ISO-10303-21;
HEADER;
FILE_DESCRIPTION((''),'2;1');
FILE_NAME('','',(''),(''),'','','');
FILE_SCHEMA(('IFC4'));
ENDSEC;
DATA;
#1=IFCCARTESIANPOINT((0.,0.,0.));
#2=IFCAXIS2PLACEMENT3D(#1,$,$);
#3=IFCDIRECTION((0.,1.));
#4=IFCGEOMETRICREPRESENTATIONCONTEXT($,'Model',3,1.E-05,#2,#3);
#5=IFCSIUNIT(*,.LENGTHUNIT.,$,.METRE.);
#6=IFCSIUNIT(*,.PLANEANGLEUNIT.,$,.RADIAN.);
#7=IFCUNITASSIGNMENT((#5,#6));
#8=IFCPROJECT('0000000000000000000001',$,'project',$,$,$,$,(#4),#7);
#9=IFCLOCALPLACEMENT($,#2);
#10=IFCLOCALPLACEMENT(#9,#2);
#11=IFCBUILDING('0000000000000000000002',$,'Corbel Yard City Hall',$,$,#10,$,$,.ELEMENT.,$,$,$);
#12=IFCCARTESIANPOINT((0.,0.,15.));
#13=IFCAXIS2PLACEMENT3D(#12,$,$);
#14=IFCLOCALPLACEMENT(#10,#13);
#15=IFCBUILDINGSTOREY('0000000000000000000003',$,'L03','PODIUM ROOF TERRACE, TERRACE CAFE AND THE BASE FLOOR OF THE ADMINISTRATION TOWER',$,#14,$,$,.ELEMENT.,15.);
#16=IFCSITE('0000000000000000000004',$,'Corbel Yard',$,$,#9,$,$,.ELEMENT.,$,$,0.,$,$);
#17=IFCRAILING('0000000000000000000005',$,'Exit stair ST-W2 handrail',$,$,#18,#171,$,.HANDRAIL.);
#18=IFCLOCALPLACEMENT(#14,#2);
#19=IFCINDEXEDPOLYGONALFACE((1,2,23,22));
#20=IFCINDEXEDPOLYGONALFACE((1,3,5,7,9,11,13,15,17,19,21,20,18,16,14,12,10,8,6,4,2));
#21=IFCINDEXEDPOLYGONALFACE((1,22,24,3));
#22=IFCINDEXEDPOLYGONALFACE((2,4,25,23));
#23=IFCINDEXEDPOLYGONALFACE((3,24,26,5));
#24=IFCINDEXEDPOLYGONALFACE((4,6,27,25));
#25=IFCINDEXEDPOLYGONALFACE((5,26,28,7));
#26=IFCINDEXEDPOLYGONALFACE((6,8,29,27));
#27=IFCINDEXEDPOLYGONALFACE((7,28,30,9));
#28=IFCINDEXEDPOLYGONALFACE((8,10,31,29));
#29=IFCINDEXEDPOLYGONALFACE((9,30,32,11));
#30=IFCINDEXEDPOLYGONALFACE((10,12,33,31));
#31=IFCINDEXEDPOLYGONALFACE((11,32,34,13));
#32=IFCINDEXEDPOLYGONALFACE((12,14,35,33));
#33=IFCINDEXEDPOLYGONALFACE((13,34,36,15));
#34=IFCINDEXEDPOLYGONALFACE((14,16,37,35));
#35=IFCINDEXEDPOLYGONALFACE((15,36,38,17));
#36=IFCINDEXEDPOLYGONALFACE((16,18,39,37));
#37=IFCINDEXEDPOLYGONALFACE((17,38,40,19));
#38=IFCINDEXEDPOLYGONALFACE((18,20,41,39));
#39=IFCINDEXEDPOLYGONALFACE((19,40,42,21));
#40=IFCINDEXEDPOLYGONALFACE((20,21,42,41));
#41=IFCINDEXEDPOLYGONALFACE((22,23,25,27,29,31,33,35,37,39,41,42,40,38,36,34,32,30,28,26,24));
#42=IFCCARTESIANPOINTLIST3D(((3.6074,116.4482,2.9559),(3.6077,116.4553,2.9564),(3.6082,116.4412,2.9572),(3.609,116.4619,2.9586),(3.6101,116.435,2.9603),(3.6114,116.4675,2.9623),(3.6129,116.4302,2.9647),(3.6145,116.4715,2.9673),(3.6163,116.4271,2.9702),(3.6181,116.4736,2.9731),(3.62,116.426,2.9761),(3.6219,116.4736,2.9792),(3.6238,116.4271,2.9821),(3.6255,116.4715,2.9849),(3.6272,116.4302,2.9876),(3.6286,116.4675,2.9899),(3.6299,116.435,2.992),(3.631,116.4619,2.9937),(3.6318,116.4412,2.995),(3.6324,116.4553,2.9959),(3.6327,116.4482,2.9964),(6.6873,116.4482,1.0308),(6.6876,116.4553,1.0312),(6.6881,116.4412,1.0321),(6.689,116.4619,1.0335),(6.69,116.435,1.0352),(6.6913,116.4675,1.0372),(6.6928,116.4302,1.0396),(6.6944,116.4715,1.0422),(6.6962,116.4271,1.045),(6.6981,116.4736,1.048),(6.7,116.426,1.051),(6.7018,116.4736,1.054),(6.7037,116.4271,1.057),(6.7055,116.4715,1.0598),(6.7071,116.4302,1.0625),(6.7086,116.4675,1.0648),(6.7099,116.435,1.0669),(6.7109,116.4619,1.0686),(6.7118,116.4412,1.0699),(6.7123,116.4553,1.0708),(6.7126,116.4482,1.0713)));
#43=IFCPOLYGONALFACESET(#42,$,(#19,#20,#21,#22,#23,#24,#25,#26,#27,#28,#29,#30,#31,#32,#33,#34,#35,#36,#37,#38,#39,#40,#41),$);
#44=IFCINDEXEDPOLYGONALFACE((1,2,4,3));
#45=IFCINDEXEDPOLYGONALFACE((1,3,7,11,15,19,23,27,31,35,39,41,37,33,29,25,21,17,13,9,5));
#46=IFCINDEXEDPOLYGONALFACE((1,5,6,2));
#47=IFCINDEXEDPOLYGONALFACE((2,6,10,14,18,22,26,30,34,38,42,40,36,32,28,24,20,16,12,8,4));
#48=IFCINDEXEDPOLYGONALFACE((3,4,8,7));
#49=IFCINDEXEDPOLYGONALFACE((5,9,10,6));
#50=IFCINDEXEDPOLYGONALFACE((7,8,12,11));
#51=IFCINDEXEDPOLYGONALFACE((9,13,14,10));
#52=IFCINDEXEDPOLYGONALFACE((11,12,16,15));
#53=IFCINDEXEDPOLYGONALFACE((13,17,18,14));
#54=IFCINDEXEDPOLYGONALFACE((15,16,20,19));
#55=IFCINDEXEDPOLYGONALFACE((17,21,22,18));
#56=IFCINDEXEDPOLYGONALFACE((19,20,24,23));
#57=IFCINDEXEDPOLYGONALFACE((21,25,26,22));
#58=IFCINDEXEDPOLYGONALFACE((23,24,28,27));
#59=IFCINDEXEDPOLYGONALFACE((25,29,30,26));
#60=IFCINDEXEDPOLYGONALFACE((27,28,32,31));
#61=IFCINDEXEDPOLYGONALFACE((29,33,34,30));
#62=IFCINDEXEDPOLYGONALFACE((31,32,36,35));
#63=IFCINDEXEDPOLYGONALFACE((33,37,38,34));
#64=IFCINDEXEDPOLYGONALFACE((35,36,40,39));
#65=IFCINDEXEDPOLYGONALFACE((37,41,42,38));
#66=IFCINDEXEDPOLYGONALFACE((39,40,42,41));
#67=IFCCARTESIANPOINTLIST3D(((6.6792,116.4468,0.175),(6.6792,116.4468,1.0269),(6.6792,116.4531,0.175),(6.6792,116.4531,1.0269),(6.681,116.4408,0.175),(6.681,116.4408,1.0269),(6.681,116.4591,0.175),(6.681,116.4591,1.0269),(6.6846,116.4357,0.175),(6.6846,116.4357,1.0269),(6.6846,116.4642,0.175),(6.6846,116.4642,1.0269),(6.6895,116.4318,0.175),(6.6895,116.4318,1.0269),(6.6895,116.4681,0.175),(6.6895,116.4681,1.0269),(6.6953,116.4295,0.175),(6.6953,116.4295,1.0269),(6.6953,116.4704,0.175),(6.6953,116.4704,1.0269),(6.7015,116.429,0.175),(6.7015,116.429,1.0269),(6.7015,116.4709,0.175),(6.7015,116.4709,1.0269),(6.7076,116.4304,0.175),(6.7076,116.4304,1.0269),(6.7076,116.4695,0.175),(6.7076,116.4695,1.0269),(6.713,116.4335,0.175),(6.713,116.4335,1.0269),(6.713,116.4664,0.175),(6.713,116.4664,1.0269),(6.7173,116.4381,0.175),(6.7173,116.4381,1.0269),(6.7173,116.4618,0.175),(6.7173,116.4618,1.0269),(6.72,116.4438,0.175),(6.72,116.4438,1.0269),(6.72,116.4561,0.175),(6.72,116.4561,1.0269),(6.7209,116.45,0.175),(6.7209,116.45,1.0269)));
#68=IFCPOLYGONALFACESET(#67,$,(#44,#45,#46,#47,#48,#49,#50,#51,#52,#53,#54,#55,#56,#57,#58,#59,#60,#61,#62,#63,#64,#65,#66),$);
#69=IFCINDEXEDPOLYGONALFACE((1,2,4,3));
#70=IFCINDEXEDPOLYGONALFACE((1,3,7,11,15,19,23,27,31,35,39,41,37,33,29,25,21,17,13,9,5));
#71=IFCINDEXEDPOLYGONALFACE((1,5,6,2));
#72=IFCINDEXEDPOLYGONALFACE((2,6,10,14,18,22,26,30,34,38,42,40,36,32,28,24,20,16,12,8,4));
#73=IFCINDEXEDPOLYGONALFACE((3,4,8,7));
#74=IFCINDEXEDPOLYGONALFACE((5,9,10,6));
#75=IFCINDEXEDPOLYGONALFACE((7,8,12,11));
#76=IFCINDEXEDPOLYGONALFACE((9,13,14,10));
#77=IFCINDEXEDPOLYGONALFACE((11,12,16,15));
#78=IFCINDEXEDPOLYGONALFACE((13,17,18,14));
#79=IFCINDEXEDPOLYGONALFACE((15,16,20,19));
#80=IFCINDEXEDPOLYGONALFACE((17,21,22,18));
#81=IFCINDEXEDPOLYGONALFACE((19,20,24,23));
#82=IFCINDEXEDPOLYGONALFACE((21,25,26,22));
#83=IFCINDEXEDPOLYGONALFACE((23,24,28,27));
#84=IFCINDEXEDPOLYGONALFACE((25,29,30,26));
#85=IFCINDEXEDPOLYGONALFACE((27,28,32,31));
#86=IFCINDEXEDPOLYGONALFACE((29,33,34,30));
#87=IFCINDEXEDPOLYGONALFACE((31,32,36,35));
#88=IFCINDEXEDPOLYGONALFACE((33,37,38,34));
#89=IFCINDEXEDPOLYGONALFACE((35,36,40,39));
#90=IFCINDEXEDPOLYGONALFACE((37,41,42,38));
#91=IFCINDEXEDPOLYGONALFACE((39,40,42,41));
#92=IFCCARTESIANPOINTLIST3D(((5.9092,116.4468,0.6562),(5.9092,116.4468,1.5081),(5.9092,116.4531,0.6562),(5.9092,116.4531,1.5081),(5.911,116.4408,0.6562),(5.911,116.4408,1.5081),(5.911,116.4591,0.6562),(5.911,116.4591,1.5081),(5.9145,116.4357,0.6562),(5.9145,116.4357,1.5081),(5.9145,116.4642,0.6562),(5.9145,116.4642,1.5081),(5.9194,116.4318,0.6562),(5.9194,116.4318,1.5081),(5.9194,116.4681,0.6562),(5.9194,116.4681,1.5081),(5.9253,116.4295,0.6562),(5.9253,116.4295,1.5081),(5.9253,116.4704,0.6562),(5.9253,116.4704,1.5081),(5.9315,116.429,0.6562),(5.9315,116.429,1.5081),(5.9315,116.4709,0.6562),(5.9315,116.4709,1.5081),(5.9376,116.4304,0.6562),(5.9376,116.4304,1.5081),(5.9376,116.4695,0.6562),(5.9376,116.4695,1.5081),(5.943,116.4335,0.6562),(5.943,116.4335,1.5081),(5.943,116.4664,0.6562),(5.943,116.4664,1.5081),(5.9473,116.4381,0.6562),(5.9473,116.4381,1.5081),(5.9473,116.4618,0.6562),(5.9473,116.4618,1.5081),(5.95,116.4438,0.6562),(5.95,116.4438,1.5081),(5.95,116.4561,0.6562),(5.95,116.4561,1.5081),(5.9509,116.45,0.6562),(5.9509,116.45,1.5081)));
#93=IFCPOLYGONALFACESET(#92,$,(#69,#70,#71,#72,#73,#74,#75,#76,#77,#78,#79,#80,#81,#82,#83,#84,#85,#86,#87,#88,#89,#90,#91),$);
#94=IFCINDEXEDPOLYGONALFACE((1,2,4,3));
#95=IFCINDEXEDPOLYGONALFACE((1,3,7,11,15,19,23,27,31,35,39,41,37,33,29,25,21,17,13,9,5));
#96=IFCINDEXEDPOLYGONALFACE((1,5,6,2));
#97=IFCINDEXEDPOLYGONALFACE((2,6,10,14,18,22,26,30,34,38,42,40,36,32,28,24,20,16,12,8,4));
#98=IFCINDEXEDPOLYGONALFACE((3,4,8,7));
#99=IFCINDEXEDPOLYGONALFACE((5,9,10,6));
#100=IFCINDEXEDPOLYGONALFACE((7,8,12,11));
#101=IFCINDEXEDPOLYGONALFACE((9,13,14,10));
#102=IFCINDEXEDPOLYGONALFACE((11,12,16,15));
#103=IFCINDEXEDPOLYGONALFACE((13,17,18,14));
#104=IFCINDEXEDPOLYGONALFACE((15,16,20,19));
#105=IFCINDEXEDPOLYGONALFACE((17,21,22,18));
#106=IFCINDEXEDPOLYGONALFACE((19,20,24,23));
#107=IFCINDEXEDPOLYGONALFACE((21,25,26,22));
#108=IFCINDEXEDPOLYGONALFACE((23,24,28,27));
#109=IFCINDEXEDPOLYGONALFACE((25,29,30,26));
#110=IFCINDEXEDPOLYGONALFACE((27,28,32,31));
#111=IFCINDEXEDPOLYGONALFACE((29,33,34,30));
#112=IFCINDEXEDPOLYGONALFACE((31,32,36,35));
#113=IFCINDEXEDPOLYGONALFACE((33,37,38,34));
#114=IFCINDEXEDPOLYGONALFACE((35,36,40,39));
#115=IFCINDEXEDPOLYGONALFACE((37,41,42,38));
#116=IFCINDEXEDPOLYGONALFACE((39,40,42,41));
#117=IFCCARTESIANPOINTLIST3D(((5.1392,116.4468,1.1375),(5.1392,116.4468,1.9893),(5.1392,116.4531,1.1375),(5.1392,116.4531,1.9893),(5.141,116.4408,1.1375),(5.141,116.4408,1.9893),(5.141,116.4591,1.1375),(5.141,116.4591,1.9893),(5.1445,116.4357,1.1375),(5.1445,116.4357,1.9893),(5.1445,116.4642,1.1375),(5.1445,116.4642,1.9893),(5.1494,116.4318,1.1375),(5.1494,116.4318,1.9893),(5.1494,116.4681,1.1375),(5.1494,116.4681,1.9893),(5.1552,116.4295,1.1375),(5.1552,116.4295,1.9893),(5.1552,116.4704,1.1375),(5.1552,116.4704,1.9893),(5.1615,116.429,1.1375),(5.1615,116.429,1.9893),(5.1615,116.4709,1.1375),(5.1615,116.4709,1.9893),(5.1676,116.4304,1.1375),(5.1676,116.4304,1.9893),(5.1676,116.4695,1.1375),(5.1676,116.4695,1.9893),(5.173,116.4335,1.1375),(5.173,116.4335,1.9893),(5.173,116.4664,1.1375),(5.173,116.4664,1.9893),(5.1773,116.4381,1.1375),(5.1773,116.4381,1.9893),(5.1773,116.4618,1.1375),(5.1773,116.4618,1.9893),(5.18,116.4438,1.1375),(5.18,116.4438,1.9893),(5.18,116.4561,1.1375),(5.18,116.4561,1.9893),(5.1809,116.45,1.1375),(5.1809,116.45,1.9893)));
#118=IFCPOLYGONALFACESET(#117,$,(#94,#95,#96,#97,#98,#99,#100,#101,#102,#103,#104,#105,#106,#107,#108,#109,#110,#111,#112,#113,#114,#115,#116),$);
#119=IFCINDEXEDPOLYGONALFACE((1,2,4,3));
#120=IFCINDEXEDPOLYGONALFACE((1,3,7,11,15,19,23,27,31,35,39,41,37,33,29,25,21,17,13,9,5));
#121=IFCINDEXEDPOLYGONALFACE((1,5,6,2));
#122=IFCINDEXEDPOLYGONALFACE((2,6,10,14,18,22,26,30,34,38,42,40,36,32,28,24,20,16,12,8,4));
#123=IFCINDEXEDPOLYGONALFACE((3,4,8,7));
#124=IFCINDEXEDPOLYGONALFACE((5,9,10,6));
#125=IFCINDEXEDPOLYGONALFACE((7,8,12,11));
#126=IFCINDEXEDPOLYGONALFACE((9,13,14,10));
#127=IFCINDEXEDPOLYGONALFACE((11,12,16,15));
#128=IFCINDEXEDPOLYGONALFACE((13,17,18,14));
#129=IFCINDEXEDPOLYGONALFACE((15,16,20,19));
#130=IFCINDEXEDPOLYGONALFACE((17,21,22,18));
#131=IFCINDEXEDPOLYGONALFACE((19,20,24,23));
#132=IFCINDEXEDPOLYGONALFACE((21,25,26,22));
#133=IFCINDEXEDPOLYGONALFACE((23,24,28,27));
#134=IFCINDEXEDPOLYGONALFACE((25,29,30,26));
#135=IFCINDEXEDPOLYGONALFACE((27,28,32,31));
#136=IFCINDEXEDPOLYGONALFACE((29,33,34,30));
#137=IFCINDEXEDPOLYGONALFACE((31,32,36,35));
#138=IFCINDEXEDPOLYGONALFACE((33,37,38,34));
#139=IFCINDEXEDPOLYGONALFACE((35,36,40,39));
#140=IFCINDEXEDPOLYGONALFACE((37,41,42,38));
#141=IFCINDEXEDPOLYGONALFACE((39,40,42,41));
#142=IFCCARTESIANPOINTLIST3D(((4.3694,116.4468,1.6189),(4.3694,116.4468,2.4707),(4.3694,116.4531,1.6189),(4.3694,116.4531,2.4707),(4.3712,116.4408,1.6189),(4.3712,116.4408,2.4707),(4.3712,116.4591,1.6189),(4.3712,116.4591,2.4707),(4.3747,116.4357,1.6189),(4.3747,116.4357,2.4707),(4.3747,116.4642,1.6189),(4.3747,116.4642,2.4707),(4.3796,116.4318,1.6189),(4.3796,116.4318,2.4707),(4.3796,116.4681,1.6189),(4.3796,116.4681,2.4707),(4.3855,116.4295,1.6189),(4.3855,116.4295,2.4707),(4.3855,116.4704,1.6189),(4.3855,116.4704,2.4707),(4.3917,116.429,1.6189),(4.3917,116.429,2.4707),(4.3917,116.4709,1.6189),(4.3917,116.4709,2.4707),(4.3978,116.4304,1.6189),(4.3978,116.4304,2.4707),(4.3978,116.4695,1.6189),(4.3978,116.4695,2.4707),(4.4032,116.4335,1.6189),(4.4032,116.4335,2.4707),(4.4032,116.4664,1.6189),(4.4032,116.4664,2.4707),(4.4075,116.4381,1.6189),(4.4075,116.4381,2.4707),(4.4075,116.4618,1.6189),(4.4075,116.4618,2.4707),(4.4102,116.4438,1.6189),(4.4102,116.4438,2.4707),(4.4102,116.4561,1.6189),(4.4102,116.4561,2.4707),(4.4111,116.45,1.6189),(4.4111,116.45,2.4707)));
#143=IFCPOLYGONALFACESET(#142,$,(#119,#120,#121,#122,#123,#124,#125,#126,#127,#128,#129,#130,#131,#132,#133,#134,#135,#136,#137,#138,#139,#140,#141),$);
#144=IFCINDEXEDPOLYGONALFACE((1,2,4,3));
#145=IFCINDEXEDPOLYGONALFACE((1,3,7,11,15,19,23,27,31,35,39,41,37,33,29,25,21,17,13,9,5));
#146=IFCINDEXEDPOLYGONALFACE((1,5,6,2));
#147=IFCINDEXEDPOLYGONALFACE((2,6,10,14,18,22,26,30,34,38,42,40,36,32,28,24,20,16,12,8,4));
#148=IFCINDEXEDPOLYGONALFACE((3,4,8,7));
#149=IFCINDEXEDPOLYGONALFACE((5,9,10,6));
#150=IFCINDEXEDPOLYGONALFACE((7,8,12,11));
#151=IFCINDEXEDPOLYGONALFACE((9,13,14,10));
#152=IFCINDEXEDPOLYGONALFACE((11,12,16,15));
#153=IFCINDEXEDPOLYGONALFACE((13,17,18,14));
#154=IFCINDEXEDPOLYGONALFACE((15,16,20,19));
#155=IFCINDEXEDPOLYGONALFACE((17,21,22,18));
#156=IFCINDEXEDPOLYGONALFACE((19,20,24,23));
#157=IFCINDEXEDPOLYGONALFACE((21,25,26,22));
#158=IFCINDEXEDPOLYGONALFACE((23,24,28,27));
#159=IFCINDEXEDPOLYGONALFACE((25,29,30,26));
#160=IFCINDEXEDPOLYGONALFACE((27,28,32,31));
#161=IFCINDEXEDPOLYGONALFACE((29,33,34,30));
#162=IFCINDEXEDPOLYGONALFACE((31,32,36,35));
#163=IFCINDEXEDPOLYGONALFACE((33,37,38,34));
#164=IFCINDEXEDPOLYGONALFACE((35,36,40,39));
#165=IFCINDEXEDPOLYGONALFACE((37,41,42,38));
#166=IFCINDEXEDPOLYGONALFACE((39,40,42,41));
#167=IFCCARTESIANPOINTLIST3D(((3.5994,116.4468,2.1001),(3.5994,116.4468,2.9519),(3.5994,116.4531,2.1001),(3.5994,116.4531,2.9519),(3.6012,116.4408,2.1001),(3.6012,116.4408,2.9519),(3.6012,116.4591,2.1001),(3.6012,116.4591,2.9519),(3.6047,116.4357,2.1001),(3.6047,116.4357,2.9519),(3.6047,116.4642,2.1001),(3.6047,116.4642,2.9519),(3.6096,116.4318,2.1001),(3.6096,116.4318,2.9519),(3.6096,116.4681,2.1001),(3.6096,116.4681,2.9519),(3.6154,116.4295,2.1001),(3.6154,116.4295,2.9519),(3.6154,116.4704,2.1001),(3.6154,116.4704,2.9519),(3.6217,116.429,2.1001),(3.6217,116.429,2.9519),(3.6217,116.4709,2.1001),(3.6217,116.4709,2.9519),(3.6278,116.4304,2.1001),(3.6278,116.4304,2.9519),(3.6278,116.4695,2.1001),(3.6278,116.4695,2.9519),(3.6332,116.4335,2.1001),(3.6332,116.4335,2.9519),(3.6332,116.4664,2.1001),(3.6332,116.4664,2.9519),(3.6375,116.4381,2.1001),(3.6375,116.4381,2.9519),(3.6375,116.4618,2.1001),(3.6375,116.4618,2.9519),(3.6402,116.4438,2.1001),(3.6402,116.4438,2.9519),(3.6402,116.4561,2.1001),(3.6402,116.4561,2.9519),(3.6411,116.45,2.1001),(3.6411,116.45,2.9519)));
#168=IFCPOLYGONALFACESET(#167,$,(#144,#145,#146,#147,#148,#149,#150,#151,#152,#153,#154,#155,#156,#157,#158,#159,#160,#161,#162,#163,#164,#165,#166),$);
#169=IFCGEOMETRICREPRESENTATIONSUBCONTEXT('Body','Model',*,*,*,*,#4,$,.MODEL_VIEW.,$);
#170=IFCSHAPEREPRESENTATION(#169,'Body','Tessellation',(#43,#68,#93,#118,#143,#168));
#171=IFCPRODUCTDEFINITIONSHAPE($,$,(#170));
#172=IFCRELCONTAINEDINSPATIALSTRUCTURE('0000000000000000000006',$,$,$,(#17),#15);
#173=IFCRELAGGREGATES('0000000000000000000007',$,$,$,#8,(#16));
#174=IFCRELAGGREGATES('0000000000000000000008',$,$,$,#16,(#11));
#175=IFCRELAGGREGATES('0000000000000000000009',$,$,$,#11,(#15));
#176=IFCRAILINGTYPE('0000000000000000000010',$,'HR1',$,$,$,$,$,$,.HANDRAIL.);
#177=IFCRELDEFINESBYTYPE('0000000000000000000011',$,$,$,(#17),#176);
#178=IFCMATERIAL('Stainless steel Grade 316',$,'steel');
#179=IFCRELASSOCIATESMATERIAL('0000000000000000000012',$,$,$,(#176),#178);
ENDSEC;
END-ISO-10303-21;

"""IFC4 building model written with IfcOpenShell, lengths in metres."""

from ifc_helpers import new_model, si_unit, direction, frame, origin, origin_2d, place, context, subcontext, project, spatial, circle, extrude, material, type_object, element, save


model = new_model("IFC4")

# Units and contexts
model_context = context("Model", 3, precision=1e-05, world=origin(), true_north=direction((0.0, 1.0)))
body_context = subcontext(model_context, "Body", "Model", "MODEL_VIEW")
ifc_project = project(units=[si_unit("LENGTHUNIT", "METRE"), si_unit("PLANEANGLEUNIT", "RADIAN")], contexts=[model_context])

# Site, building, storey
site_placement = place(None, origin())
site = spatial("IfcSite", under=ifc_project, at=site_placement, Name="Corbel Yard", CompositionType="ELEMENT", RefElevation=0.0)
building_placement = place(site_placement, origin())
building = spatial("IfcBuilding", under=site, at=building_placement, Name="Corbel Yard City Hall", CompositionType="ELEMENT")
storey_placement = place(building_placement, frame((0.0, 0.0, 15.0)))
storey = spatial("IfcBuildingStorey", under=building, at=storey_placement, Name="L03", Description="PODIUM ROOF TERRACE, TERRACE CAFE AND THE BASE FLOOR OF THE ADMINISTRATION TOWER", CompositionType="ELEMENT", Elevation=15.0)

# Railing
ifc_material_1 = material(Name="Stainless steel Grade 316", Category="steel")
railing_type = type_object("IfcRailingType", Name="HR1", PredefinedType="HANDRAIL", material=ifc_material_1)
for number, where, name in (
    (1, (6.7, 116.45, 0.175), "Exit stair ST-W2 handrail"),
):
    element("IfcRailing", number, at=place(storey_placement, frame(where)), inside=storey, type_object=railing_type, Name=name, PredefinedType="HANDRAIL", context=body_context, shape_type="SweptSolid", body=[
        extrude(circle(Radius=0.0239, at=origin_2d()), frame((0.0, 0.0, 0.876), z_axis=(-0.847979, 0.0, 0.530029), x_axis=(0.0, -1.0, 0.0)), (0.0, 0.0, 1.0), 3.6321),
        extrude(circle(Radius=0.021, at=origin_2d()), origin(), (0.0, 0.0, 1.0), 0.8518),
        extrude(circle(Radius=0.021, at=origin_2d()), frame((-0.77, 0.0, 0.4812)), (0.0, 0.0, 1.0), 0.8518),
        extrude(circle(Radius=0.021, at=origin_2d()), frame((-1.54, 0.0, 0.9624)), (0.0, 0.0, 1.0), 0.8518),
        extrude(circle(Radius=0.021, at=origin_2d()), frame((-2.3098, 0.0, 1.4438)), (0.0, 0.0, 1.0), 0.8518),
        extrude(circle(Radius=0.021, at=origin_2d()), frame((-3.0798, 0.0, 1.925)), (0.0, 0.0, 1.0), 0.8518),
    ])

save(model, "model.ifc")
